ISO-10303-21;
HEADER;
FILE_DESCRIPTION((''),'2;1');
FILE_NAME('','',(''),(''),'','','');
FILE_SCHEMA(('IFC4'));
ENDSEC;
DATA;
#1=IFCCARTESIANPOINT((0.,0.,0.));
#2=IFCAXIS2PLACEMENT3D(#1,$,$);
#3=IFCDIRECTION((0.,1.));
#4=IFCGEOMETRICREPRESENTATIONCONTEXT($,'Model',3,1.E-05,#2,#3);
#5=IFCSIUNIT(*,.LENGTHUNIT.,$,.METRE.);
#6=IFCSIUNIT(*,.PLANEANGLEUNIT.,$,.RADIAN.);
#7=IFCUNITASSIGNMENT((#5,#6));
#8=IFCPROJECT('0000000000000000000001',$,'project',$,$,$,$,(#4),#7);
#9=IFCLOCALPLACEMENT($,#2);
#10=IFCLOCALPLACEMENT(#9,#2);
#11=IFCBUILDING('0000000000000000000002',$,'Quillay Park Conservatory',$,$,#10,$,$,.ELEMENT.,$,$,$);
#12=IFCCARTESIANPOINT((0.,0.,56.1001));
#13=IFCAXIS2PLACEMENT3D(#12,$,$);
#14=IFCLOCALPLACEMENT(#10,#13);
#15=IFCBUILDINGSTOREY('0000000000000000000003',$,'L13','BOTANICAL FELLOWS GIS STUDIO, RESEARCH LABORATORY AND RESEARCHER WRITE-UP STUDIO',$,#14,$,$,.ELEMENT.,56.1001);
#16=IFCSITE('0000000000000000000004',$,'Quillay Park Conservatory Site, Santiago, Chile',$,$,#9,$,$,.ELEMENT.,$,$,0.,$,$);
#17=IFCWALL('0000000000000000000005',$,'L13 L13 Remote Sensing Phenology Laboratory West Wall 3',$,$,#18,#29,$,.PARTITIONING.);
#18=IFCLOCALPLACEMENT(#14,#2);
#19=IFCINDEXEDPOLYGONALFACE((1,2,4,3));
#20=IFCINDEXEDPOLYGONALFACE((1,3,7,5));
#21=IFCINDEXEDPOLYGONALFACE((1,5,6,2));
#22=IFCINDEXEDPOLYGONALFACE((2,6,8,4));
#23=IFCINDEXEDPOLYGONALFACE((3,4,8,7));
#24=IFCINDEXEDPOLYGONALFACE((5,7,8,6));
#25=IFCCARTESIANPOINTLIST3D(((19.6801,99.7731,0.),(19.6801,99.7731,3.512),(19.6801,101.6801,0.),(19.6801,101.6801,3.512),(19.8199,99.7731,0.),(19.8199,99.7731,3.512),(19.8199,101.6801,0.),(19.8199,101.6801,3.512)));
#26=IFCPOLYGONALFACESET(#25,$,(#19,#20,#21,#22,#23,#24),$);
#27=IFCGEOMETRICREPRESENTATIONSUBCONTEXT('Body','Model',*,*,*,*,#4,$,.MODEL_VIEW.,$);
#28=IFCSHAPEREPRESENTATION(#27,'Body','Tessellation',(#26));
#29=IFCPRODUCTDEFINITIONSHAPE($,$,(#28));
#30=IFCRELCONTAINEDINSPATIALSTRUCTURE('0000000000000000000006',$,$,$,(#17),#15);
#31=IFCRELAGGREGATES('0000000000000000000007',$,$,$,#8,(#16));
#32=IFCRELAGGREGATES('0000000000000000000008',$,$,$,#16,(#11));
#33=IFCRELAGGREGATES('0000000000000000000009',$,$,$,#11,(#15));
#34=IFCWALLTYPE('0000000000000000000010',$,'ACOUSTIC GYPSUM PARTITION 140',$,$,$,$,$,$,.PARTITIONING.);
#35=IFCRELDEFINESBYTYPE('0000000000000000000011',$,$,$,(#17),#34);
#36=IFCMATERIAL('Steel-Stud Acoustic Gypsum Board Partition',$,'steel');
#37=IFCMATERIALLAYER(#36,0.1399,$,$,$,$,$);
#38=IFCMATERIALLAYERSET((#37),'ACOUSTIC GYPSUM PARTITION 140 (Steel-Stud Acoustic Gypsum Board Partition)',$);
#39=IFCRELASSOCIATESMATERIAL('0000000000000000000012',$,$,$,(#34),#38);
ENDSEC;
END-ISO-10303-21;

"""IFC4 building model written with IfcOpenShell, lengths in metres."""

from ifc_helpers import new_model, si_unit, direction, frame, frame_2d, origin, place, context, subcontext, project, spatial, rectangle, extrude, material, layer, layer_set, type_object, element, save


model = new_model("IFC4")

# Units and contexts
model_context = context("Model", 3, precision=1e-05, world=origin(), true_north=direction((0.0, 1.0)))
body_context = subcontext(model_context, "Body", "Model", "MODEL_VIEW")
ifc_project = project(units=[si_unit("LENGTHUNIT", "METRE"), si_unit("PLANEANGLEUNIT", "RADIAN")], contexts=[model_context])

# Site, building, storey
site_placement = place(None, origin())
site = spatial("IfcSite", under=ifc_project, at=site_placement, Name="Quillay Park Conservatory Site, Santiago, Chile", CompositionType="ELEMENT", RefElevation=0.0)
building_placement = place(site_placement, origin())
building = spatial("IfcBuilding", under=site, at=building_placement, Name="Quillay Park Conservatory", CompositionType="ELEMENT")
storey_placement = place(building_placement, frame((0.0, 0.0, 56.1001)))
storey = spatial("IfcBuildingStorey", under=building, at=storey_placement, Name="L13", Description="BOTANICAL FELLOWS GIS STUDIO, RESEARCH LABORATORY AND RESEARCHER WRITE-UP STUDIO", CompositionType="ELEMENT", Elevation=56.1001)

# Wall
ifc_material_1 = material(Name="Steel-Stud Acoustic Gypsum Board Partition", Category="steel")
ifc_layer_1 = layer(ifc_material_1, 0.1399)
ifc_layer_set_1 = layer_set([ifc_layer_1], Name="ACOUSTIC GYPSUM PARTITION 140 (Steel-Stud Acoustic Gypsum Board Partition)")
wall_type_1 = type_object("IfcWallType", Name="ACOUSTIC GYPSUM PARTITION 140", PredefinedType="PARTITIONING", material=ifc_layer_set_1)
wall_1_placement = place(storey_placement, frame((19.75, 99.7729, 0.0), z_axis=(0.0, 0.0, 1.0), x_axis=(0.0, 1.0, 0.0)))
element("IfcWall", 1, at=wall_1_placement, inside=storey, type_object=wall_type_1, Name="L13 L13 Remote Sensing Phenology Laboratory West Wall 3", PredefinedType="PARTITIONING", context=body_context, shape_type="SweptSolid", body=[
    extrude(rectangle(XDim=1.907, YDim=0.1399, at=frame_2d((0.9536, 0.0))), origin(), (0.0, 0.0, 1.0), 3.512),
])

save(model, "model.ifc")
